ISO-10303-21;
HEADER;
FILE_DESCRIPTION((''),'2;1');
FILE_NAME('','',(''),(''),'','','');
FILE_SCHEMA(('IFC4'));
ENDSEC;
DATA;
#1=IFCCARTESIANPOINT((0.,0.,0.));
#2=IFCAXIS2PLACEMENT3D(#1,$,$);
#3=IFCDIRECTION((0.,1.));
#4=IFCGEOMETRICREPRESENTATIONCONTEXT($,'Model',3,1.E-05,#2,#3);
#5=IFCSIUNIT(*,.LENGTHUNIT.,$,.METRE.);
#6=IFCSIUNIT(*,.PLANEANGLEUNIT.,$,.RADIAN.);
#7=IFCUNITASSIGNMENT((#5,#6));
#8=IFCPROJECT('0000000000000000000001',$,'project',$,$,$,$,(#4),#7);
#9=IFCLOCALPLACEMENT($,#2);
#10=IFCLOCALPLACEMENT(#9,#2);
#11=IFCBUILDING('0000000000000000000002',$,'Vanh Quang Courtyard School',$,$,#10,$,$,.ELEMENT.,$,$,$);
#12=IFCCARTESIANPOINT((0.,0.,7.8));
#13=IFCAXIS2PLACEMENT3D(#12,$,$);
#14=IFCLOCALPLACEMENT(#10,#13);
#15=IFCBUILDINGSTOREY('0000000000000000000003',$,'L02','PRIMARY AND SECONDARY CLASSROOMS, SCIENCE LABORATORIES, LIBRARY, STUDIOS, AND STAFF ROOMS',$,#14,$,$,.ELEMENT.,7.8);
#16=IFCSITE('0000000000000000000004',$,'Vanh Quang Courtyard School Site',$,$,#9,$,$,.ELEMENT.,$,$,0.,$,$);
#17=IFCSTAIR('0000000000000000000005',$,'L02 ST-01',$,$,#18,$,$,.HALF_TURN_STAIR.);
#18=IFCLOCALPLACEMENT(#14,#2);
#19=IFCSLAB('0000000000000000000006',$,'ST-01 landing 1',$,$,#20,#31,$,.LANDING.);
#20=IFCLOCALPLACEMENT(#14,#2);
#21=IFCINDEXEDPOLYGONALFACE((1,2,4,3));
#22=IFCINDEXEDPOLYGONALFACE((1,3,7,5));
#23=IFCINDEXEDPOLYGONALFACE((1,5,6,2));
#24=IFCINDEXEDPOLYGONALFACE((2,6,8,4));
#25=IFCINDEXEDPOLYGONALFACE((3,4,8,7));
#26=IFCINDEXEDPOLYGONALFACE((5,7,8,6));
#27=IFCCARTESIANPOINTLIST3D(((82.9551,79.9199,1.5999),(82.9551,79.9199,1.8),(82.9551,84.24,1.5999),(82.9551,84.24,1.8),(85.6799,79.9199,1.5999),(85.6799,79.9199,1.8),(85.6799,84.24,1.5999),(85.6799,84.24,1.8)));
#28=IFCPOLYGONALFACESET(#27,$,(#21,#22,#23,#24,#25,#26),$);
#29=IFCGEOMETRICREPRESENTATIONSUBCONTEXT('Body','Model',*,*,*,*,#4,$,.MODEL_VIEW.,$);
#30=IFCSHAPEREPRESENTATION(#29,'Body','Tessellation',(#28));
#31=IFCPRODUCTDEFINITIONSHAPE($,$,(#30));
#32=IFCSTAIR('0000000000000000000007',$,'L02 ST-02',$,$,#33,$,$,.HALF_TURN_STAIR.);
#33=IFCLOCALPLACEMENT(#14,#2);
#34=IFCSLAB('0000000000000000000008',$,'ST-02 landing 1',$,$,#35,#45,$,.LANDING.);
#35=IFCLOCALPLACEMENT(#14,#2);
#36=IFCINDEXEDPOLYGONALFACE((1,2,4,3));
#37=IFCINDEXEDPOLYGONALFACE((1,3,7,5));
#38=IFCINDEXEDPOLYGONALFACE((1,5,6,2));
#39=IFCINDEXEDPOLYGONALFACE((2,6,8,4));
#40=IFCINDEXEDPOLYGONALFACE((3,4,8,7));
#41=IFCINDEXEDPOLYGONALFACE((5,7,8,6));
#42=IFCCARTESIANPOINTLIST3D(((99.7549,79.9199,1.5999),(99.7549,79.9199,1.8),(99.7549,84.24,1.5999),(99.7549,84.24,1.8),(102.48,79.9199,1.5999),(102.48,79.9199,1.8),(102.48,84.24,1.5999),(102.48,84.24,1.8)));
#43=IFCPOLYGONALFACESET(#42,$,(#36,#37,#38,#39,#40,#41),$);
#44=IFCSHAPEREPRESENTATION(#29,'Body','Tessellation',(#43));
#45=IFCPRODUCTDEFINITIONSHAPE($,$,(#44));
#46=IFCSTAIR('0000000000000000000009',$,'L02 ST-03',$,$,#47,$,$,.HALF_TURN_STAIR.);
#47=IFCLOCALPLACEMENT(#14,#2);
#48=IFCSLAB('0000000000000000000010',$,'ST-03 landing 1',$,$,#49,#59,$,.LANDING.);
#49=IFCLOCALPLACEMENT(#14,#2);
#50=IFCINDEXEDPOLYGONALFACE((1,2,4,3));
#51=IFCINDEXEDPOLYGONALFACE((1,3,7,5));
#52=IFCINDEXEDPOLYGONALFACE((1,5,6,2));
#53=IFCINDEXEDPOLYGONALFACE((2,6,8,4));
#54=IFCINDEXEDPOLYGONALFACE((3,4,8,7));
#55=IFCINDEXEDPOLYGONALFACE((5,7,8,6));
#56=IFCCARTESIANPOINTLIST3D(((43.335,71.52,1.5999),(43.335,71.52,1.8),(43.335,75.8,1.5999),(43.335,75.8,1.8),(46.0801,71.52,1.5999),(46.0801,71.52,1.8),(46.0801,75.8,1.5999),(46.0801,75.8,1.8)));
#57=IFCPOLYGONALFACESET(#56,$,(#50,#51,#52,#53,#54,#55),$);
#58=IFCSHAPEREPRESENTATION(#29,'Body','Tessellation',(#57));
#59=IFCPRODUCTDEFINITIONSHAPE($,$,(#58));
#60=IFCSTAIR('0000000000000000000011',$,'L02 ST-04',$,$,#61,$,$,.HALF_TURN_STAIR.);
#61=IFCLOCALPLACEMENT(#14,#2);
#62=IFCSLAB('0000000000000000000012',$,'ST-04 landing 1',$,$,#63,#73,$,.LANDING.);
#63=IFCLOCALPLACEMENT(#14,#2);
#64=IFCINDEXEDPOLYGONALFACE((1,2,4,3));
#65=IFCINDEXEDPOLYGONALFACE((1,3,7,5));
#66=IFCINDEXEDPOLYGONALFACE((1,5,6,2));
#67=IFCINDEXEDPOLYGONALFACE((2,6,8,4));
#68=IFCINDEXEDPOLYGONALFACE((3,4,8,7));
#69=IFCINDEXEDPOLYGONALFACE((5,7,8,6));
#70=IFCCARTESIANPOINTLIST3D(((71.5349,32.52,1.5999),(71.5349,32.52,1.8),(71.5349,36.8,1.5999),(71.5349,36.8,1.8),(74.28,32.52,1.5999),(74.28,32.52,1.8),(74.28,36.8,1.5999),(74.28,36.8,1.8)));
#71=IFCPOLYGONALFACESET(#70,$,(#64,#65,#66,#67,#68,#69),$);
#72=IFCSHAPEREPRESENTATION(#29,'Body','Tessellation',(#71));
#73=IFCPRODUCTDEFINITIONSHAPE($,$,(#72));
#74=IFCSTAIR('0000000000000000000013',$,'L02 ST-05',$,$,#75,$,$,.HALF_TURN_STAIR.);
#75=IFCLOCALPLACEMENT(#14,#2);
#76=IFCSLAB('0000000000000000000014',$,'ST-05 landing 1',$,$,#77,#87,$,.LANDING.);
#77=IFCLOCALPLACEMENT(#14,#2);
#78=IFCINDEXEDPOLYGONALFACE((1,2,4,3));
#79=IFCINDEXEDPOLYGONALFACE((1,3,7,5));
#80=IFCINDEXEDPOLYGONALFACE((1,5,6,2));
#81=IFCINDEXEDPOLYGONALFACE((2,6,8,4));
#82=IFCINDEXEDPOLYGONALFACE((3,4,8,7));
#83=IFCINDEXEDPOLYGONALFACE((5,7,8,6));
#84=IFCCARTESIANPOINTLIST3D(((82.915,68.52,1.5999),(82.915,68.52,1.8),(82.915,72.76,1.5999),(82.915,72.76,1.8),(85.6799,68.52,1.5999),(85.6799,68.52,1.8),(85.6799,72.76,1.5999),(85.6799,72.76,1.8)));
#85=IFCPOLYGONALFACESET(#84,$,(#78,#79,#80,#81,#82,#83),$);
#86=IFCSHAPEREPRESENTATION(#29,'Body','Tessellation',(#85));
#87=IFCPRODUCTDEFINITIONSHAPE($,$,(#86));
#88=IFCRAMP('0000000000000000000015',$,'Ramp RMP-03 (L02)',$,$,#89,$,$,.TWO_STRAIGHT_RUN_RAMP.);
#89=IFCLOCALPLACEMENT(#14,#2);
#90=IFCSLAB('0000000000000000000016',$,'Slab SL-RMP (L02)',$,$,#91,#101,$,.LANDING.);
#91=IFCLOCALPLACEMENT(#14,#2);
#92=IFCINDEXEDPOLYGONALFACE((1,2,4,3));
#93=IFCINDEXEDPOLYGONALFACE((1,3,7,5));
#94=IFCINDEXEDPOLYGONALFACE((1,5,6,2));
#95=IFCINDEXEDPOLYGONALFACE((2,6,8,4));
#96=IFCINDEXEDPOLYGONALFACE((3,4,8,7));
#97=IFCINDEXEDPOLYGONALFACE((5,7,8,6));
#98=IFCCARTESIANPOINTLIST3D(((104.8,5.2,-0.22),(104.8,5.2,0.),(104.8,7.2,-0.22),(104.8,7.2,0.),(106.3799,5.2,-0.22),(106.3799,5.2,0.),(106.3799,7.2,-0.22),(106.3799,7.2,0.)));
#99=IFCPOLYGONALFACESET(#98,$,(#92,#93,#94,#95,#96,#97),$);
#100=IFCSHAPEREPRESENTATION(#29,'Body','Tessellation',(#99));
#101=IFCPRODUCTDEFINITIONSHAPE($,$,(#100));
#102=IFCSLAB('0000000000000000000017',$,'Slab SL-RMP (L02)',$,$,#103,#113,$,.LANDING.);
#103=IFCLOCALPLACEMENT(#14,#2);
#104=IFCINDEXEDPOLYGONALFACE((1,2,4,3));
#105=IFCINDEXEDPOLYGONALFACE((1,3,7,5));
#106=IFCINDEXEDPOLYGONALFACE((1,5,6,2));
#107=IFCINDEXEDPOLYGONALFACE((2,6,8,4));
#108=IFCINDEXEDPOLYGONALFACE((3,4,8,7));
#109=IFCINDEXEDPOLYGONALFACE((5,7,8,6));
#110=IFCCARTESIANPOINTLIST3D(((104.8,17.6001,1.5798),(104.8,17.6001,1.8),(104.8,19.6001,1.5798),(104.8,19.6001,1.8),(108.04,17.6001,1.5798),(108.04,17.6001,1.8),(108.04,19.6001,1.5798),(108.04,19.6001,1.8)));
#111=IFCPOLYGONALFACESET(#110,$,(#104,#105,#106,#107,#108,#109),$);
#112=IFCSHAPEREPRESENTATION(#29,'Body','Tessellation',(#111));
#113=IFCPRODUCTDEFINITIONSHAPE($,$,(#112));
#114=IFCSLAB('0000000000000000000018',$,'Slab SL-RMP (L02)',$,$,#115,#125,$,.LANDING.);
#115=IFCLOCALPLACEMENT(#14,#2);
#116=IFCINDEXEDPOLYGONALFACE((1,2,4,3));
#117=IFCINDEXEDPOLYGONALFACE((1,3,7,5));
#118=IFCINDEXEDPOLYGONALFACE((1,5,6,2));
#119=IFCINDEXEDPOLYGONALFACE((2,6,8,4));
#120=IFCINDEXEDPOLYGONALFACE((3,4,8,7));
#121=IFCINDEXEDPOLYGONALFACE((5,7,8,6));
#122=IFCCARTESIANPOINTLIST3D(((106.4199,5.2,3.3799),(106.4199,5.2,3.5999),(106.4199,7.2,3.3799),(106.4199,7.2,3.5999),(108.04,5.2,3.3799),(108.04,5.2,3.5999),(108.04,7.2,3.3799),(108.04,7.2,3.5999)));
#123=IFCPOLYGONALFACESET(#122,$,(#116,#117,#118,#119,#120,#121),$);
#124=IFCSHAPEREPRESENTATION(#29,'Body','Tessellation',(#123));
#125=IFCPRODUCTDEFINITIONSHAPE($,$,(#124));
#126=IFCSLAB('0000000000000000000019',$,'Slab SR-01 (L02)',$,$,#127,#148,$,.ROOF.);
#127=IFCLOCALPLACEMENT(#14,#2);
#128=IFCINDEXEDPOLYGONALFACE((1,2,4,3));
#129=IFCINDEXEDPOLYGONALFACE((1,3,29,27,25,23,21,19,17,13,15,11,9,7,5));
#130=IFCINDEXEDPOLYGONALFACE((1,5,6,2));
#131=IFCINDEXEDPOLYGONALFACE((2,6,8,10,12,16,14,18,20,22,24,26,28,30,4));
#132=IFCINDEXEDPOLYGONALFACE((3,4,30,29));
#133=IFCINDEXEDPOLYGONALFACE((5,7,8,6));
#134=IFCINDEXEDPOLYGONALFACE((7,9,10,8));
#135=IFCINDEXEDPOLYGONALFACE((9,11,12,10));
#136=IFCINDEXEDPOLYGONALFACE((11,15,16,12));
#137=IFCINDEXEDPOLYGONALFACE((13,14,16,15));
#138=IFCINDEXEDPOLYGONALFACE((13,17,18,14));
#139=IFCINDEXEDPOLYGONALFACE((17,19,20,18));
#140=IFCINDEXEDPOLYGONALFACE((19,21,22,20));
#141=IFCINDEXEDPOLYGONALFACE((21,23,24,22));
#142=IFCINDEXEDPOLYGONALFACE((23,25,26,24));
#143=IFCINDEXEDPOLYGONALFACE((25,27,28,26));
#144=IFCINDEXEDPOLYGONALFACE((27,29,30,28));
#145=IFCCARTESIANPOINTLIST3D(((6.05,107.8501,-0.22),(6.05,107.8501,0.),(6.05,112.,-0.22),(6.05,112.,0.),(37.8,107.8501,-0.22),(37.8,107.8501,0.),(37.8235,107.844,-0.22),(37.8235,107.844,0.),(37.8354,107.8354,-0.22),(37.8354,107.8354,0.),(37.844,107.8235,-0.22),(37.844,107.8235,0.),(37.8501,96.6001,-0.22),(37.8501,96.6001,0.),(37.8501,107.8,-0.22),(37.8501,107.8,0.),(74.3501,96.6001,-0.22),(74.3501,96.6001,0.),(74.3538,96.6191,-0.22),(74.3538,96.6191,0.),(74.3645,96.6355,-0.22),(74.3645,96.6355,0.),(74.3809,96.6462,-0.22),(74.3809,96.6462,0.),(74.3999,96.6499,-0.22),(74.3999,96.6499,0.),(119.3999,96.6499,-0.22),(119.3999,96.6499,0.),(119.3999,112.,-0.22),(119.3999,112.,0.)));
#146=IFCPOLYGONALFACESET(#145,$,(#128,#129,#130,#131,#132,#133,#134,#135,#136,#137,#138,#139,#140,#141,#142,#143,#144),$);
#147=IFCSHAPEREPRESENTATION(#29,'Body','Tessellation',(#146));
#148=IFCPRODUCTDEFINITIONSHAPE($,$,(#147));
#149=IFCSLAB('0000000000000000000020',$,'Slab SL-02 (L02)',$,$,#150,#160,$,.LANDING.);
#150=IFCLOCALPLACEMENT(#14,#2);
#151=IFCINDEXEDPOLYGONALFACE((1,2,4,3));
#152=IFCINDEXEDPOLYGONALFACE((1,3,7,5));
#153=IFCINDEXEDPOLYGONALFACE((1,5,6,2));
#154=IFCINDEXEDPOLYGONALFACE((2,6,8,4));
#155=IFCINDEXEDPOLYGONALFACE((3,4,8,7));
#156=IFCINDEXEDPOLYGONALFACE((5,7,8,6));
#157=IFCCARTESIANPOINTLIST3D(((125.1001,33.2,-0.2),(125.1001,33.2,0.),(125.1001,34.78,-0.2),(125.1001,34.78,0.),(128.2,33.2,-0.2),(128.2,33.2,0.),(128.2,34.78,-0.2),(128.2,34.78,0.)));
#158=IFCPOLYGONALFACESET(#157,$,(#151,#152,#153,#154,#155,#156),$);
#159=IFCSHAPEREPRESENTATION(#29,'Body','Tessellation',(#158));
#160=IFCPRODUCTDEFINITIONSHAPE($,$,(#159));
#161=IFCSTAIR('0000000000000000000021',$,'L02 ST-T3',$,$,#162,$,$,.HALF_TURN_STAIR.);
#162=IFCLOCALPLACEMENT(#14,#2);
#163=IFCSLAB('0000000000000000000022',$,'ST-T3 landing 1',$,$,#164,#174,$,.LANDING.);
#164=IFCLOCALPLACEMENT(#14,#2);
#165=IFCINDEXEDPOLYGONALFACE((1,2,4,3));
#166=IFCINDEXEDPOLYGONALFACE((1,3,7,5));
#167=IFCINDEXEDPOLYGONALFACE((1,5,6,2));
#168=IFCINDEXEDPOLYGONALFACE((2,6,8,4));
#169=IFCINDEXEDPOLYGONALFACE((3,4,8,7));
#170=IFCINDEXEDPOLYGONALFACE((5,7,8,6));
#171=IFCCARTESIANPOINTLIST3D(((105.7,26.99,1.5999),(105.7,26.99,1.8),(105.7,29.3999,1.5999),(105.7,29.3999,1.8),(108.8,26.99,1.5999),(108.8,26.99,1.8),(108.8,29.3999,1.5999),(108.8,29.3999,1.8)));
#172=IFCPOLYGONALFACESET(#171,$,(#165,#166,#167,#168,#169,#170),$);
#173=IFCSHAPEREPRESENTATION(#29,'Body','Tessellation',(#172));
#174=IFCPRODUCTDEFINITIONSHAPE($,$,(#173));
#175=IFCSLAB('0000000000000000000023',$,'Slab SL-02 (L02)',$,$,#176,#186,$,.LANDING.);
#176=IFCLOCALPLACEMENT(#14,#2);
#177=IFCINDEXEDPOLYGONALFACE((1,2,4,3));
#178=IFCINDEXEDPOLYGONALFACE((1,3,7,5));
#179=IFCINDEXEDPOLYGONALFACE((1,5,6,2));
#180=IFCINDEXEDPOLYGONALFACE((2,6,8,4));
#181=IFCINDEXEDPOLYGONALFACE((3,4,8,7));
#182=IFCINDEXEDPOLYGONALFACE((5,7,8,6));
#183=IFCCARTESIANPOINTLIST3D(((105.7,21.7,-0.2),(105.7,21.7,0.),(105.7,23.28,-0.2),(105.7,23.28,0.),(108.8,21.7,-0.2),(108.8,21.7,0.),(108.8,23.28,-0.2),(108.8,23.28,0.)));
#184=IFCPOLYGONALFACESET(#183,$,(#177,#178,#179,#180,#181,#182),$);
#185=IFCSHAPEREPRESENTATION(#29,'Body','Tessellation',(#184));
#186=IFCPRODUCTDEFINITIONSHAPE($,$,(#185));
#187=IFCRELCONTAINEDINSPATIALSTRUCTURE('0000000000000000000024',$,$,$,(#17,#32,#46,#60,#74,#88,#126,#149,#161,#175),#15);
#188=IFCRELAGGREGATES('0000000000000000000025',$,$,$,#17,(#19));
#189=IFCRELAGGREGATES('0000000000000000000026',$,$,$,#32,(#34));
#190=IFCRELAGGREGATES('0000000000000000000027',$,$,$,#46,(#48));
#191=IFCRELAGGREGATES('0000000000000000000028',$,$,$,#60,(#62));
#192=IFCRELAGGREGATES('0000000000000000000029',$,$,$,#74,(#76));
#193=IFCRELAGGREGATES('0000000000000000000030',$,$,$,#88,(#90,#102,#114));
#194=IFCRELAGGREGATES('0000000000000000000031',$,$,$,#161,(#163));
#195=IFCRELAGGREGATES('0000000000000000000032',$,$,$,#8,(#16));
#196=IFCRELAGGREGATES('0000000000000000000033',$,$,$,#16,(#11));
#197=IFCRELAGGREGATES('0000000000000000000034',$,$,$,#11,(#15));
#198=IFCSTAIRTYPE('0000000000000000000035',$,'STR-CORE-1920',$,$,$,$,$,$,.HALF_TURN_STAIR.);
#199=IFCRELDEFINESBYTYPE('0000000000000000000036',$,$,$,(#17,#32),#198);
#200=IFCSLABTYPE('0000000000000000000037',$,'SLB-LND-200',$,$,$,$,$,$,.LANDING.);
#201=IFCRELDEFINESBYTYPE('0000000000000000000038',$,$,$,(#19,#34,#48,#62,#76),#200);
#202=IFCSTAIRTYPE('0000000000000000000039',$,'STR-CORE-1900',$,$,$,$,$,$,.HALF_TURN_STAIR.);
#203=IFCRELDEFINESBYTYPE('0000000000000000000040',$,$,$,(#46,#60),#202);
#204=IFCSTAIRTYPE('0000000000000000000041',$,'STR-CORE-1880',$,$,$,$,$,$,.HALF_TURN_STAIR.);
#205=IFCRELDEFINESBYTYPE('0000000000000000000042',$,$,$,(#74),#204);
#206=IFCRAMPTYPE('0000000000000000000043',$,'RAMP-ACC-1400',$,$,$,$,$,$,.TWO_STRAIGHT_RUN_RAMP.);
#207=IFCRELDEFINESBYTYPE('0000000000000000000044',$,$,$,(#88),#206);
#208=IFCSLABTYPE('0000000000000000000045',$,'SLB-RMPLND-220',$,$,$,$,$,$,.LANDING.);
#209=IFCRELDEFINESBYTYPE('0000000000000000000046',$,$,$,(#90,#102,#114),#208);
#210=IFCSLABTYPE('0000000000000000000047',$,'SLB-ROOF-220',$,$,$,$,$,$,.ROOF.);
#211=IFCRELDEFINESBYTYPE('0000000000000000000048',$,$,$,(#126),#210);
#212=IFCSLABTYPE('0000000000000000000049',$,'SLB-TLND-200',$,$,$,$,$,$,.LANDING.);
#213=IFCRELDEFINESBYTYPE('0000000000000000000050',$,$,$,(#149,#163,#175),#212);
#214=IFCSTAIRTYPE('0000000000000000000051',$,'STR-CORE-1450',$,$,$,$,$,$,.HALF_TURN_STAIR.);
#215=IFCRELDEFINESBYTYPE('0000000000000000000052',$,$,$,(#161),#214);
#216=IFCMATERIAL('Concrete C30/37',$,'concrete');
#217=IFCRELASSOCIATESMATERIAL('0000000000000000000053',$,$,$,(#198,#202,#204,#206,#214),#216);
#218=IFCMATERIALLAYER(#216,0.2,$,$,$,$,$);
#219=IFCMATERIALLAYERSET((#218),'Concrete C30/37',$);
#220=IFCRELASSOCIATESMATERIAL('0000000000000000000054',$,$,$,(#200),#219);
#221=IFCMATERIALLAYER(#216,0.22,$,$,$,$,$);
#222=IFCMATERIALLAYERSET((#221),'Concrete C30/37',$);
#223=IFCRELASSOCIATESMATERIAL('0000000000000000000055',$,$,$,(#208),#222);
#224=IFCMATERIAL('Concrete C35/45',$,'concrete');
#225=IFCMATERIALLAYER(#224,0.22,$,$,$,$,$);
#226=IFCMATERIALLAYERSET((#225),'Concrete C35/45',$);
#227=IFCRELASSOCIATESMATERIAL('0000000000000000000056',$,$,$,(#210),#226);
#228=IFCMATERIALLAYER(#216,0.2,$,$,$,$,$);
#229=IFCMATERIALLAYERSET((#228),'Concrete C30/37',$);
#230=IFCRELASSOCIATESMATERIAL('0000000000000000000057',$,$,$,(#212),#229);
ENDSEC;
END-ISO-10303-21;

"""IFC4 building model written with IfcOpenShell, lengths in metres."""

from ifc_helpers import new_model, si_unit, direction, frame, origin, place, context, subcontext, project, spatial, polyline, outline, extrude, material, layer, layer_set, type_object, element, aggregate, save


model = new_model("IFC4")

# Units and contexts
model_context = context("Model", 3, precision=1e-05, world=origin(), true_north=direction((0.0, 1.0)))
body_context = subcontext(model_context, "Body", "Model", "MODEL_VIEW")
ifc_project = project(units=[si_unit("LENGTHUNIT", "METRE"), si_unit("PLANEANGLEUNIT", "RADIAN")], contexts=[model_context])

# Site, building, storey
site_placement = place(None, origin())
site = spatial("IfcSite", under=ifc_project, at=site_placement, Name="Vanh Quang Courtyard School Site", CompositionType="ELEMENT", RefElevation=0.0)
building_placement = place(site_placement, origin())
building = spatial("IfcBuilding", under=site, at=building_placement, Name="Vanh Quang Courtyard School", CompositionType="ELEMENT")
storey_placement = place(building_placement, frame((0.0, 0.0, 7.8)))
storey = spatial("IfcBuildingStorey", under=building, at=storey_placement, Name="L02", Description="PRIMARY AND SECONDARY CLASSROOMS, SCIENCE LABORATORIES, LIBRARY, STUDIOS, AND STAFF ROOMS", CompositionType="ELEMENT", Elevation=7.8)

# Stairs, slabs
ifc_material_1 = material(Name="Concrete C30/37", Category="concrete")
stair_type_1 = type_object("IfcStairType", Name="STR-CORE-1920", PredefinedType="HALF_TURN_STAIR", material=ifc_material_1)
stair_1_placement = place(storey_placement, origin())
stair_1 = element("IfcStair", 1, at=stair_1_placement, inside=storey, type_object=stair_type_1, Name="L02 ST-01", PredefinedType="HALF_TURN_STAIR")
ifc_layer_1 = layer(ifc_material_1, 0.2)
ifc_layer_set_1 = layer_set([ifc_layer_1], Name="Concrete C30/37")
slab_type_1 = type_object("IfcSlabType", Name="SLB-LND-200", PredefinedType="LANDING", material=ifc_layer_set_1)
slab_1_placement = place(storey_placement, frame((0.0, 0.0, 1.5999)))
slab_1 = element("IfcSlab", 2, at=slab_1_placement, type_object=slab_type_1, Name="ST-01 landing 1", PredefinedType="LANDING", context=body_context, shape_type="SweptSolid", body=[
    extrude(outline(polyline([(82.9551, 79.9199), (85.6799, 79.9199), (85.6799, 84.24), (82.9551, 84.24), (82.9551, 79.9199)])), origin(), (0.0, 0.0, 1.0), 0.2002),
])
aggregate(stair_1, [slab_1])
stair_2_placement = place(storey_placement, origin())
stair_2 = element("IfcStair", 3, at=stair_2_placement, inside=storey, type_object=stair_type_1, Name="L02 ST-02", PredefinedType="HALF_TURN_STAIR")
slab_2_placement = place(storey_placement, frame((0.0, 0.0, 1.5999)))
slab_2 = element("IfcSlab", 4, at=slab_2_placement, type_object=slab_type_1, Name="ST-02 landing 1", PredefinedType="LANDING", context=body_context, shape_type="SweptSolid", body=[
    extrude(outline(polyline([(99.7549, 79.9199), (102.48, 79.9199), (102.48, 84.24), (99.7549, 84.24), (99.7549, 79.9199)])), origin(), (0.0, 0.0, 1.0), 0.2002),
])
aggregate(stair_2, [slab_2])
stair_type_2 = type_object("IfcStairType", Name="STR-CORE-1900", PredefinedType="HALF_TURN_STAIR", material=ifc_material_1)
stair_3_placement = place(storey_placement, origin())
stair_3 = element("IfcStair", 5, at=stair_3_placement, inside=storey, type_object=stair_type_2, Name="L02 ST-03", PredefinedType="HALF_TURN_STAIR")
slab_3_placement = place(storey_placement, frame((0.0, 0.0, 1.5999)))
slab_3 = element("IfcSlab", 6, at=slab_3_placement, type_object=slab_type_1, Name="ST-03 landing 1", PredefinedType="LANDING", context=body_context, shape_type="SweptSolid", body=[
    extrude(outline(polyline([(43.335, 71.52), (46.0801, 71.52), (46.0801, 75.8), (43.335, 75.8), (43.335, 71.52)])), origin(), (0.0, 0.0, 1.0), 0.2002),
])
aggregate(stair_3, [slab_3])
stair_4_placement = place(storey_placement, origin())
stair_4 = element("IfcStair", 7, at=stair_4_placement, inside=storey, type_object=stair_type_2, Name="L02 ST-04", PredefinedType="HALF_TURN_STAIR")
slab_4_placement = place(storey_placement, frame((0.0, 0.0, 1.5999)))
slab_4 = element("IfcSlab", 8, at=slab_4_placement, type_object=slab_type_1, Name="ST-04 landing 1", PredefinedType="LANDING", context=body_context, shape_type="SweptSolid", body=[
    extrude(outline(polyline([(71.5349, 32.52), (74.28, 32.52), (74.28, 36.8), (71.5349, 36.8), (71.5349, 32.52)])), origin(), (0.0, 0.0, 1.0), 0.2002),
])
aggregate(stair_4, [slab_4])
stair_type_3 = type_object("IfcStairType", Name="STR-CORE-1880", PredefinedType="HALF_TURN_STAIR", material=ifc_material_1)
stair_5_placement = place(storey_placement, origin())
stair_5 = element("IfcStair", 9, at=stair_5_placement, inside=storey, type_object=stair_type_3, Name="L02 ST-05", PredefinedType="HALF_TURN_STAIR")
slab_5_placement = place(storey_placement, frame((0.0, 0.0, 1.5999)))
slab_5 = element("IfcSlab", 10, at=slab_5_placement, type_object=slab_type_1, Name="ST-05 landing 1", PredefinedType="LANDING", context=body_context, shape_type="SweptSolid", body=[
    extrude(outline(polyline([(82.915, 68.52), (85.6799, 68.52), (85.6799, 72.76), (82.915, 72.76), (82.915, 68.52)])), origin(), (0.0, 0.0, 1.0), 0.2002),
])
aggregate(stair_5, [slab_5])

# Ramp, slabs
ramp_type = type_object("IfcRampType", Name="RAMP-ACC-1400", PredefinedType="TWO_STRAIGHT_RUN_RAMP", material=ifc_material_1)
ramp_placement = place(storey_placement, origin())
ramp = element("IfcRamp", 11, at=ramp_placement, inside=storey, type_object=ramp_type, Name="Ramp RMP-03 (L02)", PredefinedType="TWO_STRAIGHT_RUN_RAMP")
ifc_layer_2 = layer(ifc_material_1, 0.22)
ifc_layer_set_2 = layer_set([ifc_layer_2], Name="Concrete C30/37")
slab_type_2 = type_object("IfcSlabType", Name="SLB-RMPLND-220", PredefinedType="LANDING", material=ifc_layer_set_2)
slab_6_placement = place(storey_placement, frame((0.0, 0.0, -0.22)))
slab_6 = element("IfcSlab", 12, at=slab_6_placement, type_object=slab_type_2, Name="Slab SL-RMP (L02)", PredefinedType="LANDING", context=body_context, shape_type="SweptSolid", body=[
    extrude(outline(polyline([(106.3799, 5.2), (106.3799, 7.2), (104.8, 7.2), (104.8, 5.2), (106.3799, 5.2)])), origin(), (0.0, 0.0, 1.0), 0.22),
])
slab_7_placement = place(storey_placement, frame((0.0, 0.0, 1.5798)))
slab_7 = element("IfcSlab", 13, at=slab_7_placement, type_object=slab_type_2, Name="Slab SL-RMP (L02)", PredefinedType="LANDING", context=body_context, shape_type="SweptSolid", body=[
    extrude(outline(polyline([(108.04, 17.6001), (108.04, 19.6001), (104.8, 19.6001), (104.8, 17.6001), (108.04, 17.6001)])), origin(), (0.0, 0.0, 1.0), 0.2202),
])
slab_8_placement = place(storey_placement, frame((0.0, 0.0, 3.3799)))
slab_8 = element("IfcSlab", 14, at=slab_8_placement, type_object=slab_type_2, Name="Slab SL-RMP (L02)", PredefinedType="LANDING", context=body_context, shape_type="SweptSolid", body=[
    extrude(outline(polyline([(108.04, 5.2), (108.04, 7.2), (106.4199, 7.2), (106.4199, 5.2), (108.04, 5.2)])), origin(), (0.0, 0.0, 1.0), 0.22),
])
aggregate(ramp, [slab_6, slab_7, slab_8])

# Slabs
ifc_material_2 = material(Name="Concrete C35/45", Category="concrete")
ifc_layer_3 = layer(ifc_material_2, 0.22)
ifc_layer_set_3 = layer_set([ifc_layer_3], Name="Concrete C35/45")
slab_type_3 = type_object("IfcSlabType", Name="SLB-ROOF-220", PredefinedType="ROOF", material=ifc_layer_set_3)
slab_9_placement = place(storey_placement, frame((0.0, 0.0, -0.22)))
element("IfcSlab", 15, at=slab_9_placement, inside=storey, type_object=slab_type_3, Name="Slab SR-01 (L02)", PredefinedType="ROOF", context=body_context, shape_type="SweptSolid", body=[
    extrude(outline(polyline([(119.3999, 112.0), (6.05, 112.0), (6.05, 107.8501), (37.8, 107.8501), (37.8235, 107.844), (37.8354, 107.8354), (37.844, 107.8235), (37.8501, 107.8), (37.8501, 96.6001), (74.3501, 96.6001), (74.3538, 96.6191), (74.3645, 96.6355), (74.3809, 96.6462), (74.3999, 96.6499), (119.3999, 96.6499), (119.3999, 112.0)])), origin(), (0.0, 0.0, 1.0), 0.22),
])
ifc_layer_4 = layer(ifc_material_1, 0.2)
ifc_layer_set_4 = layer_set([ifc_layer_4], Name="Concrete C30/37")
slab_type_4 = type_object("IfcSlabType", Name="SLB-TLND-200", PredefinedType="LANDING", material=ifc_layer_set_4)
slab_10_placement = place(storey_placement, frame((0.0, 0.0, -0.2)))
element("IfcSlab", 16, at=slab_10_placement, inside=storey, type_object=slab_type_4, Name="Slab SL-02 (L02)", PredefinedType="LANDING", context=body_context, shape_type="SweptSolid", body=[
    extrude(outline(polyline([(125.1001, 33.2), (128.2, 33.2), (128.2, 34.78), (125.1001, 34.78), (125.1001, 33.2)])), origin(), (0.0, 0.0, 1.0), 0.2),
])

# Stair, slab
stair_type_4 = type_object("IfcStairType", Name="STR-CORE-1450", PredefinedType="HALF_TURN_STAIR", material=ifc_material_1)
stair_6_placement = place(storey_placement, origin())
stair_6 = element("IfcStair", 17, at=stair_6_placement, inside=storey, type_object=stair_type_4, Name="L02 ST-T3", PredefinedType="HALF_TURN_STAIR")
slab_11_placement = place(storey_placement, frame((0.0, 0.0, 1.5999)))
slab_11 = element("IfcSlab", 18, at=slab_11_placement, type_object=slab_type_4, Name="ST-T3 landing 1", PredefinedType="LANDING", context=body_context, shape_type="SweptSolid", body=[
    extrude(outline(polyline([(108.8, 26.99), (108.8, 29.3999), (105.7, 29.3999), (105.7, 26.99), (108.8, 26.99)])), origin(), (0.0, 0.0, 1.0), 0.2002),
])
aggregate(stair_6, [slab_11])

# Slab
slab_12_placement = place(storey_placement, frame((0.0, 0.0, -0.2)))
element("IfcSlab", 19, at=slab_12_placement, inside=storey, type_object=slab_type_4, Name="Slab SL-02 (L02)", PredefinedType="LANDING", context=body_context, shape_type="SweptSolid", body=[
    extrude(outline(polyline([(105.7, 21.7), (108.8, 21.7), (108.8, 23.28), (105.7, 23.28), (105.7, 21.7)])), origin(), (0.0, 0.0, 1.0), 0.2),
])

save(model, "model.ifc")
